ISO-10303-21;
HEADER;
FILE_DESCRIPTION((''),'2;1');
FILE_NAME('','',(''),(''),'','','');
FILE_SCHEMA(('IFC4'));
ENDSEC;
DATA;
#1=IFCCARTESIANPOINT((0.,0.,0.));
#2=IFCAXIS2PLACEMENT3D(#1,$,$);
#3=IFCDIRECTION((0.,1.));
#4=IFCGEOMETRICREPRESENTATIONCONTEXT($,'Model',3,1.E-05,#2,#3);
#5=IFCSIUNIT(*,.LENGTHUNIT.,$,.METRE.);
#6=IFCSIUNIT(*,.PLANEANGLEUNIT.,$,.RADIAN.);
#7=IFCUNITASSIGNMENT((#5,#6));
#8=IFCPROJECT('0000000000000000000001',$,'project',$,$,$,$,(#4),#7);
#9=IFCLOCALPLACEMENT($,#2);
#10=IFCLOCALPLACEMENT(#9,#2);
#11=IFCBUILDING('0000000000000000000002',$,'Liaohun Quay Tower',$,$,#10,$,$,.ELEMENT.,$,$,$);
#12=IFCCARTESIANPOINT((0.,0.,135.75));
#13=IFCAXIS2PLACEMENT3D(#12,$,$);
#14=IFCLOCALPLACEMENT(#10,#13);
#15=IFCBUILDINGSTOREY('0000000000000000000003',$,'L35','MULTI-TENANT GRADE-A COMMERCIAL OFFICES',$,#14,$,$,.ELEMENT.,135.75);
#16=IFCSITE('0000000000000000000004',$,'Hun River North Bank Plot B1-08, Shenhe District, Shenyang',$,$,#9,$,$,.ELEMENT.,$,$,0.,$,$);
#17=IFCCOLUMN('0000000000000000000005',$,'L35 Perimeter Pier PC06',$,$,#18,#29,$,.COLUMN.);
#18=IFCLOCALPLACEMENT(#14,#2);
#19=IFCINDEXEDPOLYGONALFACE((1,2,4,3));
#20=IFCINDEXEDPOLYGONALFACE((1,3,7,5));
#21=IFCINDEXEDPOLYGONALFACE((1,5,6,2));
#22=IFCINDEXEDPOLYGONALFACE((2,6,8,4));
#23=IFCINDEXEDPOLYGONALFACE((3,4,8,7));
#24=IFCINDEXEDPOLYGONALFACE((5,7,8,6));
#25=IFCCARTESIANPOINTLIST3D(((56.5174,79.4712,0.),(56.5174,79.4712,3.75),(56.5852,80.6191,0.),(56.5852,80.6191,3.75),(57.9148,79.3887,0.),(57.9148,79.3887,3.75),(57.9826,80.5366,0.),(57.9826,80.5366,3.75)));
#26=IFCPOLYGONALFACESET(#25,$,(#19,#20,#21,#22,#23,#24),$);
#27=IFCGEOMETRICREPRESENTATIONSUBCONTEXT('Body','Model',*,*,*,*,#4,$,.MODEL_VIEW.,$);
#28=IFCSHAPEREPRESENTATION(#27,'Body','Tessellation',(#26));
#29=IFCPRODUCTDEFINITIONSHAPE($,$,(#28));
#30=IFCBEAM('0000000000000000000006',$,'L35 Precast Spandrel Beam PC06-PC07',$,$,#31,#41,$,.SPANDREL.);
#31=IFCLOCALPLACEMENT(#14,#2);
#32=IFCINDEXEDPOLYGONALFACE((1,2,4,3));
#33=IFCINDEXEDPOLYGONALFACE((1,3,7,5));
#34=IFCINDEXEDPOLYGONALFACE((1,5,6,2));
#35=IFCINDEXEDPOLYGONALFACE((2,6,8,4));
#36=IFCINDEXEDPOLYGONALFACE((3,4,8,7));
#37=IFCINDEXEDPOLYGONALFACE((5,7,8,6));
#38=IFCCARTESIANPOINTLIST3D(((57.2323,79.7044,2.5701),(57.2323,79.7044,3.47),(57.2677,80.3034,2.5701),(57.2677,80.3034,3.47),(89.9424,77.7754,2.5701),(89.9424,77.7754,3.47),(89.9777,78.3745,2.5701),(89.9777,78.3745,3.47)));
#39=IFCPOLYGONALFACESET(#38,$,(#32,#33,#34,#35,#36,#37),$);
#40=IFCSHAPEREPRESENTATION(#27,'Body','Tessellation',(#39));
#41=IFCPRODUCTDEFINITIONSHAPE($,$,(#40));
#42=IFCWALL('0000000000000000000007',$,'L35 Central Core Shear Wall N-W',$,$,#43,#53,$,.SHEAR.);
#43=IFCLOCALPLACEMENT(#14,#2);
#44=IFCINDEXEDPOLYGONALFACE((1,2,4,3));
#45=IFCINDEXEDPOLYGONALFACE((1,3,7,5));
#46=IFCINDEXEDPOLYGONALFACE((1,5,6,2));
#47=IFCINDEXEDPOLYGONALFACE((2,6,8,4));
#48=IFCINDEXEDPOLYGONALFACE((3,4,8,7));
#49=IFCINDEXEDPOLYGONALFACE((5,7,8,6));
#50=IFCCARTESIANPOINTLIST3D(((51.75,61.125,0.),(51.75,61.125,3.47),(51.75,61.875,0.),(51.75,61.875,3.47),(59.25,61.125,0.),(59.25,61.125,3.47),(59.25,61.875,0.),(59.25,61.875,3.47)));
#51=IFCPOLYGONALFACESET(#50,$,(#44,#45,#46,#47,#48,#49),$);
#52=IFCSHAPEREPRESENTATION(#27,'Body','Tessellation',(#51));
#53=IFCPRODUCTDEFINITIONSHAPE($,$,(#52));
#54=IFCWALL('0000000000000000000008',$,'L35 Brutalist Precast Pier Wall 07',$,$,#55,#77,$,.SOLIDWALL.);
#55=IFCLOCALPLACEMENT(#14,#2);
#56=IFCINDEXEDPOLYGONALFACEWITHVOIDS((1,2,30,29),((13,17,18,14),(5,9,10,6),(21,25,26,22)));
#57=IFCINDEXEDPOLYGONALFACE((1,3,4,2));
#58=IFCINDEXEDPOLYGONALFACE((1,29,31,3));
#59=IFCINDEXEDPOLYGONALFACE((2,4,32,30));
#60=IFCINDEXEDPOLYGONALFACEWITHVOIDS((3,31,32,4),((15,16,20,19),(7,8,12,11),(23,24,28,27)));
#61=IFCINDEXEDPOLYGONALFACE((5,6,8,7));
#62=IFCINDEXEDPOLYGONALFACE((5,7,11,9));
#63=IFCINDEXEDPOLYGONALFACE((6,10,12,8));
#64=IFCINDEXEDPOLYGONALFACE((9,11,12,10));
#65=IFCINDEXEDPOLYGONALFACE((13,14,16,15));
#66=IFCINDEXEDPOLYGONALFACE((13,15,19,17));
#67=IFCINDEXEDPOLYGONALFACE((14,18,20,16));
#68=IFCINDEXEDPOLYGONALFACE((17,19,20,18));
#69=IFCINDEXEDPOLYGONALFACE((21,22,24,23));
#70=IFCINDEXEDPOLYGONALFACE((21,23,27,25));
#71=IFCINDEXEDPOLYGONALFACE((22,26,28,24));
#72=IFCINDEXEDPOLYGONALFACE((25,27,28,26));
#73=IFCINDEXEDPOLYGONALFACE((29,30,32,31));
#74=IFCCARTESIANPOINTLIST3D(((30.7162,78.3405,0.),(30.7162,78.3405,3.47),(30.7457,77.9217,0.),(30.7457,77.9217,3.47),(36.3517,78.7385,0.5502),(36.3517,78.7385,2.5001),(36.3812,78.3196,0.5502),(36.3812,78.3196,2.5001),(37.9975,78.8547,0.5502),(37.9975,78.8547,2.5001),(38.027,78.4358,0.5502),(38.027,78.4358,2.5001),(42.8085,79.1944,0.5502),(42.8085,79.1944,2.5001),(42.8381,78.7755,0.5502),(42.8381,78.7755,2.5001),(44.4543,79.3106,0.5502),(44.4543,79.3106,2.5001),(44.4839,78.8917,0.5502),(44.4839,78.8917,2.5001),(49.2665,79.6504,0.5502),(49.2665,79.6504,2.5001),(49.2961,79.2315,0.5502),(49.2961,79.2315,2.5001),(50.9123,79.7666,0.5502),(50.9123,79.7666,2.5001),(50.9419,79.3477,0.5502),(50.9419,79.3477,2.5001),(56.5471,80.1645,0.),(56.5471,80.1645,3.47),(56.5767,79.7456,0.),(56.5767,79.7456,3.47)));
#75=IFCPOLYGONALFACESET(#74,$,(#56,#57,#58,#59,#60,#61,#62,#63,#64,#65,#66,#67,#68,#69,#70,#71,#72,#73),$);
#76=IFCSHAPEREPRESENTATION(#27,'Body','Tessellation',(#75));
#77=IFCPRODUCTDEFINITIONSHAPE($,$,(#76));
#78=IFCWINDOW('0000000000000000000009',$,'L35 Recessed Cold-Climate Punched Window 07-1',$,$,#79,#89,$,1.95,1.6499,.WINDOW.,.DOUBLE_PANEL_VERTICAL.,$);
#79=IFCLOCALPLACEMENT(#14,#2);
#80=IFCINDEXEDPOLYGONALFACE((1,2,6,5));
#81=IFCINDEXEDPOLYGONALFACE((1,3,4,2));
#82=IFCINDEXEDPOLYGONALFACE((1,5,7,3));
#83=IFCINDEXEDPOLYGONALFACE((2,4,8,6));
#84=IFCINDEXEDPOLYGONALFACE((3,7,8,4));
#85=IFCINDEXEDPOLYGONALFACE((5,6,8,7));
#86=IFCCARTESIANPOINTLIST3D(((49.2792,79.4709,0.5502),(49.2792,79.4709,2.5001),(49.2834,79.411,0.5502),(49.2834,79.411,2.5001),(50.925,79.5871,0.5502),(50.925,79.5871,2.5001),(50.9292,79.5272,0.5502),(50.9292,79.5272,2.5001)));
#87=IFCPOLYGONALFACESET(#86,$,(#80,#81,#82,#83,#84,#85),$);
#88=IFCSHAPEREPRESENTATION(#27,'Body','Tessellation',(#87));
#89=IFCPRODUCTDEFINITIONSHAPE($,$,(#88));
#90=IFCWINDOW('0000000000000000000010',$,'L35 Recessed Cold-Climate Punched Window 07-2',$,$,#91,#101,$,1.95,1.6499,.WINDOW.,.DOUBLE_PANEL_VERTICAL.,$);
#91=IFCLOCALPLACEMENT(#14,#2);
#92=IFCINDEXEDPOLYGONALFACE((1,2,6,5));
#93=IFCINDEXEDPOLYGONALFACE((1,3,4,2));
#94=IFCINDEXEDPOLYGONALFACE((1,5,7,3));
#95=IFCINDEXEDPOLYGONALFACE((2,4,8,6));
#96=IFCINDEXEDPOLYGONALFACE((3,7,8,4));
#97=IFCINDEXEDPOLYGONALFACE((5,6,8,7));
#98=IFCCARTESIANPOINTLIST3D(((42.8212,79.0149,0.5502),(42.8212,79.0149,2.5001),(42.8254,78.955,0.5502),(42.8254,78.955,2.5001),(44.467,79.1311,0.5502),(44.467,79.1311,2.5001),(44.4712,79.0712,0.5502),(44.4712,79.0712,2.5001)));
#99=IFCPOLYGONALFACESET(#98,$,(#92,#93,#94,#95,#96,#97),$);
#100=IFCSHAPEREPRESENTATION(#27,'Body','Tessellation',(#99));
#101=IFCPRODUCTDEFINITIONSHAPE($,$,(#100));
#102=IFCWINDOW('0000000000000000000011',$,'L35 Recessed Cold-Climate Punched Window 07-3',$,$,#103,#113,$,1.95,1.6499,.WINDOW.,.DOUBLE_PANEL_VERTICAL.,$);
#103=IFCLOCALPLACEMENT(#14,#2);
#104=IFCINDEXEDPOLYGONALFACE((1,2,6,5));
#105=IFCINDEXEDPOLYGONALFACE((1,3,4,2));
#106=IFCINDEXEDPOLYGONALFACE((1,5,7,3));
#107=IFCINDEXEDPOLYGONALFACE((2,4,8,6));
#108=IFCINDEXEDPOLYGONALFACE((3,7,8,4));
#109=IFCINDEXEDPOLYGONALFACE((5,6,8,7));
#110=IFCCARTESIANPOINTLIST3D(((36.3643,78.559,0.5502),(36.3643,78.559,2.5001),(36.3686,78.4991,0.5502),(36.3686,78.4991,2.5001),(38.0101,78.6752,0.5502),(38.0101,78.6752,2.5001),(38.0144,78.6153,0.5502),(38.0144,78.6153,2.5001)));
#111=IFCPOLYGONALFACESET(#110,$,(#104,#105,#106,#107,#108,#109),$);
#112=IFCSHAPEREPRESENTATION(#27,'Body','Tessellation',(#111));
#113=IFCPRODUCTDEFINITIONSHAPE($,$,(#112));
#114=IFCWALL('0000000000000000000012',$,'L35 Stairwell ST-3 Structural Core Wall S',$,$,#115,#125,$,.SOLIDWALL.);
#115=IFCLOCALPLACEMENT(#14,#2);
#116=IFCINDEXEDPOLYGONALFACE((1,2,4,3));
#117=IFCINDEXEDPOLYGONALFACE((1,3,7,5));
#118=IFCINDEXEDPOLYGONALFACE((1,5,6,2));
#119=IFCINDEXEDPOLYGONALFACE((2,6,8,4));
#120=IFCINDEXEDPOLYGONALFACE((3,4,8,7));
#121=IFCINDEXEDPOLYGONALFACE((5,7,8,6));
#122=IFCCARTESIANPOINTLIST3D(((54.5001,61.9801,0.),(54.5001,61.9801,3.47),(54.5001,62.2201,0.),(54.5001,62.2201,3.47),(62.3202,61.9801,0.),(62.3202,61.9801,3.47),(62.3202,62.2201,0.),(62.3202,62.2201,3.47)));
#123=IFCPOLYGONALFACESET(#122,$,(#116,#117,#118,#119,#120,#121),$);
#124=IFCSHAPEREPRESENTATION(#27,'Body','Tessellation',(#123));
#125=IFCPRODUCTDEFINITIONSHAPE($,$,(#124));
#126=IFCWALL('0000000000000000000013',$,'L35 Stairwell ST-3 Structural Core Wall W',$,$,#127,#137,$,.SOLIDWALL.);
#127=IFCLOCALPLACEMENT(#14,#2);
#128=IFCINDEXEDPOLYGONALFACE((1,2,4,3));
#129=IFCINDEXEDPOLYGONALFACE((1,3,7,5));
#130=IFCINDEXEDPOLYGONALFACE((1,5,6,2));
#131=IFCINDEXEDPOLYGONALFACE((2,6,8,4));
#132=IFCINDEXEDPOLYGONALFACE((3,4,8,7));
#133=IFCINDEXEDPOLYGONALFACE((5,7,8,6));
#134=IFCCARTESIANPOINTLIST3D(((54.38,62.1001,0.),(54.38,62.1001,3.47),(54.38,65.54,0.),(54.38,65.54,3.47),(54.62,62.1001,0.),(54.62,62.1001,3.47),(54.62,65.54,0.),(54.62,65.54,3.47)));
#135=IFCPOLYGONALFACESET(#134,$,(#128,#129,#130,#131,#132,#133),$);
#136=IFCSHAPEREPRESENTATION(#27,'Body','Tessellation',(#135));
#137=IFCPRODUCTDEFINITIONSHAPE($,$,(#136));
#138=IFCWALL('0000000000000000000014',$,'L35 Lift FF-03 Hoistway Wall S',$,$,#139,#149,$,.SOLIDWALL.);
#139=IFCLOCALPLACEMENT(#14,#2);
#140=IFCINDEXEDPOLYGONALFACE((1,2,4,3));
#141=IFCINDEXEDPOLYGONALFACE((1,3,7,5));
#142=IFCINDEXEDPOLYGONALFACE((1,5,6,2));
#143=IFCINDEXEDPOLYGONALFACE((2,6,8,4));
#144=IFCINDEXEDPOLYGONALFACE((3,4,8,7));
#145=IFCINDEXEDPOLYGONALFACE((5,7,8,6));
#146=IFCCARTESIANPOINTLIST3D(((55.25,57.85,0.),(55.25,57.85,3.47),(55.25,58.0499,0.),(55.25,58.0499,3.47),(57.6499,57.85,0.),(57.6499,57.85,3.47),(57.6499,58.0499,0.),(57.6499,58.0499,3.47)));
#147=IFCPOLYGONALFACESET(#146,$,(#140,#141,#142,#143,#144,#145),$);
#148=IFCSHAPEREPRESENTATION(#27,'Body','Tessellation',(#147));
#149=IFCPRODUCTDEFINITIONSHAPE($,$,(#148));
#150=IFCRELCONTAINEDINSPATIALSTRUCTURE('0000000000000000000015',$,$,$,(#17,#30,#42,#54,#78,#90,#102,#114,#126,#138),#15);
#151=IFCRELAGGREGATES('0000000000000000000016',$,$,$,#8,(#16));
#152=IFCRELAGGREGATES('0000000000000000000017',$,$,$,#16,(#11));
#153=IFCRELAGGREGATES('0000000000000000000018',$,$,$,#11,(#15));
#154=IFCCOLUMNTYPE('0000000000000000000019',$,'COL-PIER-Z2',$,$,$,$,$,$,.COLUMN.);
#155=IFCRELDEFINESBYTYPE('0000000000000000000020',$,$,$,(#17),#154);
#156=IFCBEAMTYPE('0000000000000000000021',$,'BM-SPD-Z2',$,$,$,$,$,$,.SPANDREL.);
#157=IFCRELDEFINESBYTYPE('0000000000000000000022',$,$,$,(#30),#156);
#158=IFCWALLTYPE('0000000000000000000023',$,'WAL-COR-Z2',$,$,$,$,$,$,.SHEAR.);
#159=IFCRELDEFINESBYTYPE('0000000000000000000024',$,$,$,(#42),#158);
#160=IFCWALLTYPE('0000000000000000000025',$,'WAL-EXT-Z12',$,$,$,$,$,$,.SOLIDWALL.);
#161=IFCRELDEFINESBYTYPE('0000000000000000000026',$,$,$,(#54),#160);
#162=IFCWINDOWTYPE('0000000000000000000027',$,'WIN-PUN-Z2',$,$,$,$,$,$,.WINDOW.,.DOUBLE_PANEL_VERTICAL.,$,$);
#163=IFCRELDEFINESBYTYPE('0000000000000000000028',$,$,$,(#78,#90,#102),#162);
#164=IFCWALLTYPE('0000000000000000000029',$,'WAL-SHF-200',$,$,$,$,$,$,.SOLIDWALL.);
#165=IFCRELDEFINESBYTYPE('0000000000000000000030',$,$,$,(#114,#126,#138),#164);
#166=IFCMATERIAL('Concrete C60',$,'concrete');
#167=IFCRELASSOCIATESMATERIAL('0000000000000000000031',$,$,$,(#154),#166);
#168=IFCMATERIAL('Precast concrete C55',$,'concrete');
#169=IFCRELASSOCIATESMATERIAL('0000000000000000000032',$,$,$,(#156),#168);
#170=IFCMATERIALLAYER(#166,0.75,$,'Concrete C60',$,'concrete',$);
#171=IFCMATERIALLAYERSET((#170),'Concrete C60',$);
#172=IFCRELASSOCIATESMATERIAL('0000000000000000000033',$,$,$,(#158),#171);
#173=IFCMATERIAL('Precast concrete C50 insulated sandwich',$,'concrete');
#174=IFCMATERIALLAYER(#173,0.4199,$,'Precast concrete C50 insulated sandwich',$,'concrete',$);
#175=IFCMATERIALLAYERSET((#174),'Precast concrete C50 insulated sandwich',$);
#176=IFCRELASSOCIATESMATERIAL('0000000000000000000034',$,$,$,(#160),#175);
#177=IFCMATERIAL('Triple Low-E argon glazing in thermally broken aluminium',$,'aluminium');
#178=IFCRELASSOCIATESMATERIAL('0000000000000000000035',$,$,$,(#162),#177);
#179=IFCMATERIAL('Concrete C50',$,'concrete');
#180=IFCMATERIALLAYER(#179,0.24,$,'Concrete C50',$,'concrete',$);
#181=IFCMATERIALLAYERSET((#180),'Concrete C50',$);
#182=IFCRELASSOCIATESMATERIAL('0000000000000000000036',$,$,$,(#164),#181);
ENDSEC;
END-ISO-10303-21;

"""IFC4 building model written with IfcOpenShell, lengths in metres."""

from ifc_helpers import new_model, si_unit, direction, frame, frame_2d, origin, origin_2d, place, context, subcontext, project, spatial, rectangle, extrude, source, transform, mapped, material, layer, layer_set, material_profile, profile_set, type_object, element, fill, save


model = new_model("IFC4")

# Units and contexts
model_context = context("Model", 3, precision=1e-05, world=origin(), true_north=direction((0.0, 1.0)))
body_context = subcontext(model_context, "Body", "Model", "MODEL_VIEW")
ifc_project = project(units=[si_unit("LENGTHUNIT", "METRE"), si_unit("PLANEANGLEUNIT", "RADIAN")], contexts=[model_context])

# Site, building, storey
site_placement = place(None, origin())
site = spatial("IfcSite", under=ifc_project, at=site_placement, Name="Hun River North Bank Plot B1-08, Shenhe District, Shenyang", CompositionType="ELEMENT", RefElevation=0.0)
building_placement = place(site_placement, origin())
building = spatial("IfcBuilding", under=site, at=building_placement, Name="Liaohun Quay Tower", CompositionType="ELEMENT")
storey_placement = place(building_placement, frame((0.0, 0.0, 135.75)))
storey = spatial("IfcBuildingStorey", under=building, at=storey_placement, Name="L35", Description="MULTI-TENANT GRADE-A COMMERCIAL OFFICES", CompositionType="ELEMENT", Elevation=135.75)

# Column
ifc_material_1 = material(Name="Concrete C60", Category="concrete")
ifc_material_profile_1 = material_profile(ifc_material_1, rectangle(XDim=1.3999, YDim=1.1499, at=origin_2d()), Name="RC1400x1150")
ifc_profile_set_1 = profile_set([ifc_material_profile_1], Name="Concrete C60")
column_type = type_object("IfcColumnType", Name="COL-PIER-Z2", PredefinedType="COLUMN", material=ifc_profile_set_1)
shared_shape_1 = source(origin(), body_context, "Body", "SweptSolid", [
    extrude(rectangle(XDim=1.3999, YDim=1.1499, at=origin_2d()), origin(), (0.0, 0.0, 1.0), 3.75),
])
column_placement = place(storey_placement, frame((57.25, 80.0039, 0.0), z_axis=(0.0, 0.0, 1.0), x_axis=(-0.99826, 0.058958, 0.0)))
element("IfcColumn", 1, at=column_placement, inside=storey, type_object=column_type, Name="L35 Perimeter Pier PC06", PredefinedType="COLUMN", context=body_context, shape_type="MappedRepresentation", body=[
    mapped(shared_shape_1, transform((0.0, 0.0, 0.0), x_axis=(1.0, 0.0, 0.0), y_axis=(0.0, 1.0, 0.0), z_axis=(0.0, 0.0, 1.0), scale=1.0)),
])

# Beam
ifc_material_2 = material(Name="Precast concrete C55", Category="concrete")
ifc_material_profile_2 = material_profile(ifc_material_2, rectangle(XDim=0.6001, YDim=0.8999, at=origin_2d()), Name="RC600x900")
ifc_profile_set_2 = profile_set([ifc_material_profile_2], Name="Precast concrete C55")
beam_type = type_object("IfcBeamType", Name="BM-SPD-Z2", PredefinedType="SPANDREL", material=ifc_profile_set_2)
shared_shape_2 = source(origin(), body_context, "Body", "SweptSolid", [
    extrude(rectangle(XDim=0.6001, YDim=0.8999, at=origin_2d()), origin(), (0.0, 0.0, 1.0), 32.7668),
])
beam_placement = place(storey_placement, frame((57.25, 80.0039, 3.02), z_axis=(0.998266, -0.058869, 0.0), x_axis=(0.058869, 0.998266, 0.0)))
element("IfcBeam", 2, at=beam_placement, inside=storey, type_object=beam_type, Name="L35 Precast Spandrel Beam PC06-PC07", PredefinedType="SPANDREL", context=body_context, shape_type="MappedRepresentation", body=[
    mapped(shared_shape_2, transform((0.0, 0.0, 0.0), x_axis=(1.0, 0.0, 0.0), y_axis=(0.0, 1.0, 0.0), z_axis=(0.0, 0.0, 1.0), scale=1.0)),
])

# Wall
ifc_layer_1 = layer(ifc_material_1, 0.75, Name="Concrete C60", Category="concrete")
ifc_layer_set_1 = layer_set([ifc_layer_1], Name="Concrete C60")
wall_type_1 = type_object("IfcWallType", Name="WAL-COR-Z2", PredefinedType="SHEAR", material=ifc_layer_set_1)
wall_1_placement = place(storey_placement, frame((51.75, 61.5, 0.0), z_axis=(0.0, 0.0, 1.0), x_axis=(1.0, 0.0, 0.0)))
element("IfcWall", 3, at=wall_1_placement, inside=storey, type_object=wall_type_1, Name="L35 Central Core Shear Wall N-W", PredefinedType="SHEAR", context=body_context, shape_type="SweptSolid", body=[
    extrude(rectangle(XDim=7.5, YDim=0.75, at=frame_2d((3.75, 0.0))), origin(), (0.0, 0.0, 1.0), 3.47),
])

# Wall, openings, windows
ifc_material_3 = material(Name="Precast concrete C50 insulated sandwich", Category="concrete")
ifc_layer_2 = layer(ifc_material_3, 0.4199, Name="Precast concrete C50 insulated sandwich", Category="concrete")
ifc_layer_set_2 = layer_set([ifc_layer_2], Name="Precast concrete C50 insulated sandwich")
wall_type_2 = type_object("IfcWallType", Name="WAL-EXT-Z12", PredefinedType="SOLIDWALL", material=ifc_layer_set_2)
wall_2_placement = place(storey_placement, frame((56.562, 79.9551, 0.0), z_axis=(0.0, 0.0, 1.0), x_axis=(-0.997516, -0.070436, 0.0)))
wall_2 = element("IfcWall", 4, at=wall_2_placement, inside=storey, type_object=wall_type_2, Name="L35 Brutalist Precast Pier Wall 07", PredefinedType="SOLIDWALL", context=body_context, shape_type="SweptSolid", body=[
    extrude(rectangle(XDim=25.8953, YDim=0.4199, at=frame_2d((12.9478, 0.0))), origin(), (0.0, 0.0, 1.0), 3.47),
])
shared_shape_3 = source(origin(), body_context, "Body", "SweptSolid", [
    extrude(rectangle(XDim=1.6499, YDim=1.95, at=frame_2d((0.825, 0.9751))), frame((0.0, 0.22, 0.0), z_axis=(0.0, -1.0, 0.0), x_axis=(1.0, 0.0, 0.0)), (0.0, 0.0, 1.0), 0.4399),
])
opening_1_placement = place(wall_2_placement, frame((5.6489, 0.0, 0.55)))
opening_1 = element("IfcOpeningElement", 5, at=opening_1_placement, cuts=wall_2, PredefinedType="OPENING", context=body_context, shape_type="MappedRepresentation", body=[
    mapped(shared_shape_3, transform((0.0, 0.0, 0.0), x_axis=(1.0, 0.0, 0.0), y_axis=(0.0, 1.0, 0.0), z_axis=(0.0, 0.0, 1.0), scale=1.0)),
])
opening_2_placement = place(wall_2_placement, frame((12.123, 0.0, 0.55)))
opening_2 = element("IfcOpeningElement", 6, at=opening_2_placement, cuts=wall_2, PredefinedType="OPENING", context=body_context, shape_type="MappedRepresentation", body=[
    mapped(shared_shape_3, transform((0.0, 0.0, 0.0), x_axis=(1.0, 0.0, 0.0), y_axis=(0.0, 1.0, 0.0), z_axis=(0.0, 0.0, 1.0), scale=1.0)),
])
opening_3_placement = place(wall_2_placement, frame((18.5959, 0.0, 0.55)))
opening_3 = element("IfcOpeningElement", 7, at=opening_3_placement, cuts=wall_2, PredefinedType="OPENING", context=body_context, shape_type="MappedRepresentation", body=[
    mapped(shared_shape_3, transform((0.0, 0.0, 0.0), x_axis=(1.0, 0.0, 0.0), y_axis=(0.0, 1.0, 0.0), z_axis=(0.0, 0.0, 1.0), scale=1.0)),
])
ifc_material_4 = material(Name="Triple Low-E argon glazing in thermally broken aluminium", Category="aluminium")
window_type = type_object("IfcWindowType", Name="WIN-PUN-Z2", PartitioningType="DOUBLE_PANEL_VERTICAL", PredefinedType="WINDOW", material=ifc_material_4)
shared_shape_4 = source(origin(), body_context, "Body", "SweptSolid", [
    extrude(rectangle(XDim=1.6499, YDim=1.95, at=frame_2d((0.825, 0.9751))), frame((0.0, 0.03, 0.0), z_axis=(0.0, -1.0, 0.0), x_axis=(1.0, 0.0, 0.0)), (0.0, 0.0, 1.0), 0.0601),
])
window_1_placement = place(opening_1_placement, origin())
window_1 = element("IfcWindow", 8, at=window_1_placement, inside=storey, type_object=window_type, Name="L35 Recessed Cold-Climate Punched Window 07-1", OverallHeight=1.95, OverallWidth=1.6499, PartitioningType="DOUBLE_PANEL_VERTICAL", PredefinedType="WINDOW", context=body_context, shape_type="MappedRepresentation", body=[
    mapped(shared_shape_4, transform((0.0, 0.0, 0.0), x_axis=(1.0, 0.0, 0.0), y_axis=(0.0, 1.0, 0.0), z_axis=(0.0, 0.0, 1.0), scale=1.0)),
])
fill(opening_1, window_1)
window_2_placement = place(opening_2_placement, origin())
window_2 = element("IfcWindow", 9, at=window_2_placement, inside=storey, type_object=window_type, Name="L35 Recessed Cold-Climate Punched Window 07-2", OverallHeight=1.95, OverallWidth=1.6499, PartitioningType="DOUBLE_PANEL_VERTICAL", PredefinedType="WINDOW", context=body_context, shape_type="MappedRepresentation", body=[
    mapped(shared_shape_4, transform((0.0, 0.0, 0.0), x_axis=(1.0, 0.0, 0.0), y_axis=(0.0, 1.0, 0.0), z_axis=(0.0, 0.0, 1.0), scale=1.0)),
])
fill(opening_2, window_2)
window_3_placement = place(opening_3_placement, origin())
window_3 = element("IfcWindow", 10, at=window_3_placement, inside=storey, type_object=window_type, Name="L35 Recessed Cold-Climate Punched Window 07-3", OverallHeight=1.95, OverallWidth=1.6499, PartitioningType="DOUBLE_PANEL_VERTICAL", PredefinedType="WINDOW", context=body_context, shape_type="MappedRepresentation", body=[
    mapped(shared_shape_4, transform((0.0, 0.0, 0.0), x_axis=(1.0, 0.0, 0.0), y_axis=(0.0, 1.0, 0.0), z_axis=(0.0, 0.0, 1.0), scale=1.0)),
])
fill(opening_3, window_3)

# Walls
ifc_material_5 = material(Name="Concrete C50", Category="concrete")
ifc_layer_3 = layer(ifc_material_5, 0.24, Name="Concrete C50", Category="concrete")
ifc_layer_set_3 = layer_set([ifc_layer_3], Name="Concrete C50")
wall_type_3 = type_object("IfcWallType", Name="WAL-SHF-200", PredefinedType="SOLIDWALL", material=ifc_layer_set_3)
wall_3_placement = place(storey_placement, frame((54.5, 62.1001, 0.0), z_axis=(0.0, 0.0, 1.0), x_axis=(1.0, 0.0, 0.0)))
element("IfcWall", 11, at=wall_3_placement, inside=storey, type_object=wall_type_3, Name="L35 Stairwell ST-3 Structural Core Wall S", PredefinedType="SOLIDWALL", context=body_context, shape_type="SweptSolid", body=[
    extrude(rectangle(XDim=7.8201, YDim=0.24, at=frame_2d((3.9102, 0.0))), origin(), (0.0, 0.0, 1.0), 3.47),
])
wall_4_placement = place(storey_placement, frame((54.5, 65.54, 0.0), z_axis=(0.0, 0.0, 1.0), x_axis=(0.0, -1.0, 0.0)))
element("IfcWall", 12, at=wall_4_placement, inside=storey, type_object=wall_type_3, Name="L35 Stairwell ST-3 Structural Core Wall W", PredefinedType="SOLIDWALL", context=body_context, shape_type="SweptSolid", body=[
    extrude(rectangle(XDim=3.4399, YDim=0.24, at=frame_2d((1.72, 0.0))), origin(), (0.0, 0.0, 1.0), 3.47),
])
wall_5_placement = place(storey_placement, frame((55.25, 57.95, 0.0), z_axis=(0.0, 0.0, 1.0), x_axis=(1.0, 0.0, 0.0)))
element("IfcWall", 13, at=wall_5_placement, inside=storey, type_object=wall_type_3, Name="L35 Lift FF-03 Hoistway Wall S", PredefinedType="SOLIDWALL", context=body_context, shape_type="SweptSolid", body=[
    extrude(rectangle(XDim=2.3999, YDim=0.2, at=frame_2d((1.2, 0.0))), origin(), (0.0, 0.0, 1.0), 3.47),
])

save(model, "model.ifc")
